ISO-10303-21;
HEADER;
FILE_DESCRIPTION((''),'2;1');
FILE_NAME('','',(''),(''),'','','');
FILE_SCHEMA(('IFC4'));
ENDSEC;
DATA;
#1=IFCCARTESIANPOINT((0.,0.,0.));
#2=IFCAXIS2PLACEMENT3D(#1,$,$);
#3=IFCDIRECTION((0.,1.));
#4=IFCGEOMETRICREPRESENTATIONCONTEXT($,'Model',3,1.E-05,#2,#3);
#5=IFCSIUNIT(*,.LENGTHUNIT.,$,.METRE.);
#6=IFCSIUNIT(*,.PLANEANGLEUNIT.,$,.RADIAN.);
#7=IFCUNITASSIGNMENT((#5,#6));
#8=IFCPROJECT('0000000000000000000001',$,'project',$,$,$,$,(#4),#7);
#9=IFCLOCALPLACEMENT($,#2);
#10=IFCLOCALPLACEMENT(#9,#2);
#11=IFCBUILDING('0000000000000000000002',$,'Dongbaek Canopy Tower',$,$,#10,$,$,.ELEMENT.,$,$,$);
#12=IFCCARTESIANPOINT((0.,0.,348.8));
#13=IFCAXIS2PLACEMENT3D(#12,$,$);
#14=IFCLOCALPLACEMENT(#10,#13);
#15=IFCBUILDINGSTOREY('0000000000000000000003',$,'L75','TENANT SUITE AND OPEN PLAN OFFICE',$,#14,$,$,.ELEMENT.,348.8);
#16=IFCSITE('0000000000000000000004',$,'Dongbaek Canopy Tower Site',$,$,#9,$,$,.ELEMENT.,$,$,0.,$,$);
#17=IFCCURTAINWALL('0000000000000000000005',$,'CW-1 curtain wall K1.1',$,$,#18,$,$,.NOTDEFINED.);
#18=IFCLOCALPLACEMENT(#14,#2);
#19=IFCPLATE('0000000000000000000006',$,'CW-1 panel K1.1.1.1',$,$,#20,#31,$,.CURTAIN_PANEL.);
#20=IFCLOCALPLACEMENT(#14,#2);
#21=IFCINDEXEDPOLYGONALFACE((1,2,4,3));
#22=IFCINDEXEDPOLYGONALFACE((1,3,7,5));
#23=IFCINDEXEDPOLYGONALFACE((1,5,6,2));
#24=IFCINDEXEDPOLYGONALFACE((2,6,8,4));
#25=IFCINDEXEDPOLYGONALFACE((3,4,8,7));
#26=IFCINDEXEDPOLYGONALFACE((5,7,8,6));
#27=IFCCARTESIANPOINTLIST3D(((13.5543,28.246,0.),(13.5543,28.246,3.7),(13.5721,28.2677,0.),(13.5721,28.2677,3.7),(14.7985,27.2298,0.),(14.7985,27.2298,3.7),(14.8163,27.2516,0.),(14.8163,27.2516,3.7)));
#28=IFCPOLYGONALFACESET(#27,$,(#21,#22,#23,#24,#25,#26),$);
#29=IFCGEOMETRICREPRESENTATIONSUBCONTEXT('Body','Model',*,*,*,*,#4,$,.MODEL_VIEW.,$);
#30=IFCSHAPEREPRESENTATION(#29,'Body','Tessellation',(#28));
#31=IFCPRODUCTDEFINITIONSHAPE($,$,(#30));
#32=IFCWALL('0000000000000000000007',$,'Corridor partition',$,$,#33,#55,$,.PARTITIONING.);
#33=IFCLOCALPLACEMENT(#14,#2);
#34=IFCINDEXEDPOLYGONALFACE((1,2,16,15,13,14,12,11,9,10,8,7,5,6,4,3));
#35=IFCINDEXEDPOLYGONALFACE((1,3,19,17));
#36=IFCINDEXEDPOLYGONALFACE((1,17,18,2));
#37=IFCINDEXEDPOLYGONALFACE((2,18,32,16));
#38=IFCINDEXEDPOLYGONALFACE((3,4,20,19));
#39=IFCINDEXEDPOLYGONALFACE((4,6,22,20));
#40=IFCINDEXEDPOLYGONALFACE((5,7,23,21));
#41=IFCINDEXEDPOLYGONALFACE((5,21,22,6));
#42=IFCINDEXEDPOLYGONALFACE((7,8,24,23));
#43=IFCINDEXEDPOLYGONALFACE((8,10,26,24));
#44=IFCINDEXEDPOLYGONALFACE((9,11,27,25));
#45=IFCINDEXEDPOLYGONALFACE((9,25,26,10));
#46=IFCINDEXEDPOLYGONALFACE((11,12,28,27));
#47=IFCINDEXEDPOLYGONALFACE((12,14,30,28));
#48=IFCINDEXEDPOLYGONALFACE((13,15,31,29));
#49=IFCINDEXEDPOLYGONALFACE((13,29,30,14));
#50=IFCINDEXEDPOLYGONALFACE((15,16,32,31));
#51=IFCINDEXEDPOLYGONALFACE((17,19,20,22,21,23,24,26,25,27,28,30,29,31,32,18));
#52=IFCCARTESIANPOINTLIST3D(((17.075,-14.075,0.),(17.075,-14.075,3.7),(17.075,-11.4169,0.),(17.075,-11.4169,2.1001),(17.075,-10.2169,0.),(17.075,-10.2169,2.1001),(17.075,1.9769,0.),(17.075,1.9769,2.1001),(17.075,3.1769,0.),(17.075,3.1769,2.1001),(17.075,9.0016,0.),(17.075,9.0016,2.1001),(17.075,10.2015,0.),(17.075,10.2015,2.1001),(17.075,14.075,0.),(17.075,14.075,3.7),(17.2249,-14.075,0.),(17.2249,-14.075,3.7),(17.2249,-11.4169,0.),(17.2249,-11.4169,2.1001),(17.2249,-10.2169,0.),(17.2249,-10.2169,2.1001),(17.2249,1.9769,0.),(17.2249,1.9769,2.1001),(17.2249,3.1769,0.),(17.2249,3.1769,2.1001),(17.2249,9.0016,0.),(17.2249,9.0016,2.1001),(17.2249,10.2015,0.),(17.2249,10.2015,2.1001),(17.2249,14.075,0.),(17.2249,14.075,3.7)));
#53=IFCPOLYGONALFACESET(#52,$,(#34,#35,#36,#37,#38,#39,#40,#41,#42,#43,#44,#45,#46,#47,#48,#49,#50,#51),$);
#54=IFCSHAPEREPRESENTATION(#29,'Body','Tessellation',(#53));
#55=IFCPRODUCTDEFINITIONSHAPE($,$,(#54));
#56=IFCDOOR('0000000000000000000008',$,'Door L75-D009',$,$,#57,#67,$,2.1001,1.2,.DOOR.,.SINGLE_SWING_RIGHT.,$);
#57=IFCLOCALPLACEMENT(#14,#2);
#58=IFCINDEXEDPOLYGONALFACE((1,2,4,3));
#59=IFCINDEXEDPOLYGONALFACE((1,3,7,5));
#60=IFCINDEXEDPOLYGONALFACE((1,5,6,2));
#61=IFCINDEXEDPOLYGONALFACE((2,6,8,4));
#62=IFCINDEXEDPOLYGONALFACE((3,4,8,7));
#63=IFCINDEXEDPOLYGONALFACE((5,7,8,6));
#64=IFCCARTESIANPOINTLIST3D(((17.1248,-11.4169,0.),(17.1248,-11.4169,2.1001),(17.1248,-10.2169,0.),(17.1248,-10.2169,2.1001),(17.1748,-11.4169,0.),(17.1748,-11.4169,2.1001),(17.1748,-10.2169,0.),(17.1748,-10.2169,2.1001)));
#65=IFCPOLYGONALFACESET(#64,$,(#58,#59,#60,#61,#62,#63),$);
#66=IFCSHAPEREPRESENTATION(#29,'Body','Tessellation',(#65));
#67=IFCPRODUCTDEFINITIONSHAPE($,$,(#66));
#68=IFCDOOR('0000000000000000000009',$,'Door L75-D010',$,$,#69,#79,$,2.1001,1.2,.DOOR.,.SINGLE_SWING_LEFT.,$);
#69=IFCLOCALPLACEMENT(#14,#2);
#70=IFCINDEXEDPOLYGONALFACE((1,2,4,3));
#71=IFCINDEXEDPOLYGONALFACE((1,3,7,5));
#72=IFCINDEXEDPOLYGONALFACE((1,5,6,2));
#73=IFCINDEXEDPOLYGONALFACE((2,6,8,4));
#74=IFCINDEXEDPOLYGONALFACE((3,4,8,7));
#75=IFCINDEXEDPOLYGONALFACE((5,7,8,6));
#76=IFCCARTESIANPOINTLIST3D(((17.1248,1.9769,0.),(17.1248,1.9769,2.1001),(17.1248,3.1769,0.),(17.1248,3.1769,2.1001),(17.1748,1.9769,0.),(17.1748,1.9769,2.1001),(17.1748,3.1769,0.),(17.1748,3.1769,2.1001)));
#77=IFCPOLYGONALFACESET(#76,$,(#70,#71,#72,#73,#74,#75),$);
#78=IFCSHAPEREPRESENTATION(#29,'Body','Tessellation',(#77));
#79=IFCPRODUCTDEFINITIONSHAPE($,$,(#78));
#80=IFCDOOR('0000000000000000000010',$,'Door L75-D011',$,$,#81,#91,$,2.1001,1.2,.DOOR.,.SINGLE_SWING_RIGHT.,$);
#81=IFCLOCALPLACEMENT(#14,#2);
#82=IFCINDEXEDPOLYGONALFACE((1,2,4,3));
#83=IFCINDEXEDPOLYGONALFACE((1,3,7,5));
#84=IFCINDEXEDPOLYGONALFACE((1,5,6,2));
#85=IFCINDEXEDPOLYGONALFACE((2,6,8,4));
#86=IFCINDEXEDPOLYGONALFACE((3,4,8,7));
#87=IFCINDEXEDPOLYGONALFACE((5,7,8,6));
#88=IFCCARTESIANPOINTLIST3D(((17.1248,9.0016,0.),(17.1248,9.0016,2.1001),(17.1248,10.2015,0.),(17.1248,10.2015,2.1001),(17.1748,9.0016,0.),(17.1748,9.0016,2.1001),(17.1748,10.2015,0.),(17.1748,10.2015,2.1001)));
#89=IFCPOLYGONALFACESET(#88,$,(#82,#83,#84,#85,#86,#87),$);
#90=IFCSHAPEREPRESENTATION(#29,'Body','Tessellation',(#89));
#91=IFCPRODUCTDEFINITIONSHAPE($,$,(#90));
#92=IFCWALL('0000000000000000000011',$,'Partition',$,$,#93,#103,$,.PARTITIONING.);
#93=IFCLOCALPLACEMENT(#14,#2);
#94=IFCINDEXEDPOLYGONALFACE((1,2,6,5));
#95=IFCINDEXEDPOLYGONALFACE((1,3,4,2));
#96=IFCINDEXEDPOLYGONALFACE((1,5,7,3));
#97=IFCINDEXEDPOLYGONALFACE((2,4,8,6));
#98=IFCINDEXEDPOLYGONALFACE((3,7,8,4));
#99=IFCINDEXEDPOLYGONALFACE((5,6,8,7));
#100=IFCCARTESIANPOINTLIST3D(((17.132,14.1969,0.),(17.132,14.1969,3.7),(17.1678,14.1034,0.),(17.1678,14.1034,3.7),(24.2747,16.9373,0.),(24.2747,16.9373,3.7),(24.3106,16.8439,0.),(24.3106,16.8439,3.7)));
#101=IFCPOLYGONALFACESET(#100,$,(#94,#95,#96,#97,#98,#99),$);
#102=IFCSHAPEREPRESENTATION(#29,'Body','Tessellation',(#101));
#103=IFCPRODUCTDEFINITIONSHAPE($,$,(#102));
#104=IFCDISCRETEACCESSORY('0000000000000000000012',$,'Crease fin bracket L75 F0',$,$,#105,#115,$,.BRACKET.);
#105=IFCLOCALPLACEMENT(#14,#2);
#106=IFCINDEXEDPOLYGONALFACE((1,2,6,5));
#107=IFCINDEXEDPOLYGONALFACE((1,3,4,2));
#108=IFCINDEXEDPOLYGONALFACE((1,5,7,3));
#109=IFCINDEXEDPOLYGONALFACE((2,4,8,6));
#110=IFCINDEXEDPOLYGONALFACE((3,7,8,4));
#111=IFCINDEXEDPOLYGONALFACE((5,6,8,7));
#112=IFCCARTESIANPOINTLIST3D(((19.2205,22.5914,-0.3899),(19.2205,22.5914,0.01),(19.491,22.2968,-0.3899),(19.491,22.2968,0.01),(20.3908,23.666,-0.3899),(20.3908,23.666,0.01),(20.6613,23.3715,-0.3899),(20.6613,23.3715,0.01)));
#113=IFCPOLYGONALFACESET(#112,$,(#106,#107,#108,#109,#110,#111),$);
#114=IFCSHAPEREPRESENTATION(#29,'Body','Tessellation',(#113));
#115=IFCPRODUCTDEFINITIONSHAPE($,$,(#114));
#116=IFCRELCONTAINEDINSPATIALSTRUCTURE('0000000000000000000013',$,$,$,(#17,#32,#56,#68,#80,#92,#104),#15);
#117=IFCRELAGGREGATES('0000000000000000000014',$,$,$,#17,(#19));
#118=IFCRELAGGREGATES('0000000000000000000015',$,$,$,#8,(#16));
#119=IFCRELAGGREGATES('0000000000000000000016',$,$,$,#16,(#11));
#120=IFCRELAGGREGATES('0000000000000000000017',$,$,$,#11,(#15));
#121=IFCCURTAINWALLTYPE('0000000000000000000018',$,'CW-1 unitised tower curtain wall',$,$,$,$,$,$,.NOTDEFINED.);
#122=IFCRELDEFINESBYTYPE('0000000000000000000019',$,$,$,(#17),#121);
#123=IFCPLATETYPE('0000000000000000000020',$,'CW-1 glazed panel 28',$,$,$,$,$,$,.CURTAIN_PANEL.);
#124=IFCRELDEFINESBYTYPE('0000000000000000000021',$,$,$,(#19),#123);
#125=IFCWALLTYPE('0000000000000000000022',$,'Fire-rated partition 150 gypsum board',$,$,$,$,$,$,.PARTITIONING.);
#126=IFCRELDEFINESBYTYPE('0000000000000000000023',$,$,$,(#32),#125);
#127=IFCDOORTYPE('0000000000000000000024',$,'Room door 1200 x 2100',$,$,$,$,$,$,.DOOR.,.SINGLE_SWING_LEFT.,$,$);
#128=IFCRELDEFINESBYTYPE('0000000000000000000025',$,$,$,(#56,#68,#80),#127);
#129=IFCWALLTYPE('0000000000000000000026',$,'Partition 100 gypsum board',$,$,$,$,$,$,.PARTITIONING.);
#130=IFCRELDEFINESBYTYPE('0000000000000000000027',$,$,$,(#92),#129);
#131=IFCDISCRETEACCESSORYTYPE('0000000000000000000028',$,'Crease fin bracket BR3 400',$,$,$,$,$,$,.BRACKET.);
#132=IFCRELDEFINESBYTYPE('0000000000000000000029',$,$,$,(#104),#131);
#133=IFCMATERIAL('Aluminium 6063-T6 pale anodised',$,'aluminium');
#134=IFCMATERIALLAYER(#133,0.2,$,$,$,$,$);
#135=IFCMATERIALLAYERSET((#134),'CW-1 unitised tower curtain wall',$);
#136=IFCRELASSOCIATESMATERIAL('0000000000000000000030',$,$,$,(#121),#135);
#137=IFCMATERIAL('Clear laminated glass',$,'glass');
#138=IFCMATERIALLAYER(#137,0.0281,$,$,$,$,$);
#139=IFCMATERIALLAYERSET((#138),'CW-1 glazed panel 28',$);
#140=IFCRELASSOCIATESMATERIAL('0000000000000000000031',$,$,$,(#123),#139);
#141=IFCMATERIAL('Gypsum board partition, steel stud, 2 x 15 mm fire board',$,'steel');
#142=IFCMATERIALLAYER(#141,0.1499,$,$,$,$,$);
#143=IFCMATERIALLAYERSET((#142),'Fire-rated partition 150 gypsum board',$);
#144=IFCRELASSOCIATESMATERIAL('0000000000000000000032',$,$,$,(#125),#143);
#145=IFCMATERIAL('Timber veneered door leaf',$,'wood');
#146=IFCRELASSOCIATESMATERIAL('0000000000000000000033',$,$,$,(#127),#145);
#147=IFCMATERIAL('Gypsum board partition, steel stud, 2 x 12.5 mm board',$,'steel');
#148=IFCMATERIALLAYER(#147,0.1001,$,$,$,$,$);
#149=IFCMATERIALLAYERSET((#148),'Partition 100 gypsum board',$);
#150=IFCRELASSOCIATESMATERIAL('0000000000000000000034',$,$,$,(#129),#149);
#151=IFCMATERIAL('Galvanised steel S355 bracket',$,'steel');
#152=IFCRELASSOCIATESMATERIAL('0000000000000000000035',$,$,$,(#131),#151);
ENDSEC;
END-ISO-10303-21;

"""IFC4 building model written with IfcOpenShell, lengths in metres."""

from ifc_helpers import new_model, si_unit, direction, frame, frame_2d, origin, origin_2d, place, context, subcontext, project, spatial, rectangle, extrude, material, layer, layer_set, type_object, element, fill, aggregate, save


model = new_model("IFC4")

# Units and contexts
model_context = context("Model", 3, precision=1e-05, world=origin(), true_north=direction((0.0, 1.0)))
body_context = subcontext(model_context, "Body", "Model", "MODEL_VIEW")
ifc_project = project(units=[si_unit("LENGTHUNIT", "METRE"), si_unit("PLANEANGLEUNIT", "RADIAN")], contexts=[model_context])

# Site, building, storey
site_placement = place(None, origin())
site = spatial("IfcSite", under=ifc_project, at=site_placement, Name="Dongbaek Canopy Tower Site", CompositionType="ELEMENT", RefElevation=0.0)
building_placement = place(site_placement, origin())
building = spatial("IfcBuilding", under=site, at=building_placement, Name="Dongbaek Canopy Tower", CompositionType="ELEMENT")
storey_placement = place(building_placement, frame((0.0, 0.0, 348.8)))
storey = spatial("IfcBuildingStorey", under=building, at=storey_placement, Name="L75", Description="TENANT SUITE AND OPEN PLAN OFFICE", CompositionType="ELEMENT", Elevation=348.8)

# Shared definitions
ifc_material_1 = material(Name="Aluminium 6063-T6 pale anodised", Category="aluminium")
ifc_layer_1 = layer(ifc_material_1, 0.2)
ifc_layer_set_1 = layer_set([ifc_layer_1], Name="CW-1 unitised tower curtain wall")
curtain_wall_type = type_object("IfcCurtainWallType", Name="CW-1 unitised tower curtain wall", PredefinedType="NOTDEFINED", material=ifc_layer_set_1)

# Curtain wall
curtain_wall_1_placement = place(storey_placement, origin())
curtain_wall_1 = element("IfcCurtainWall", 1, at=curtain_wall_1_placement, inside=storey, type_object=curtain_wall_type, Name="CW-1 curtain wall K1.1", PredefinedType="NOTDEFINED")

# Plate
ifc_material_2 = material(Name="Clear laminated glass", Category="glass")
ifc_layer_2 = layer(ifc_material_2, 0.0281)
ifc_layer_set_2 = layer_set([ifc_layer_2], Name="CW-1 glazed panel 28")
plate_type = type_object("IfcPlateType", Name="CW-1 glazed panel 28", PredefinedType="CURTAIN_PANEL", material=ifc_layer_set_2)
plate_1_placement = place(storey_placement, frame((14.1853, 27.7488, 0.0), z_axis=(0.0, 0.0, 1.0), x_axis=(-0.774536, 0.63253, 0.0)))
plate_1 = element("IfcPlate", 2, at=plate_1_placement, type_object=plate_type, Name="CW-1 panel K1.1.1.1", PredefinedType="CURTAIN_PANEL", context=body_context, shape_type="SweptSolid", body=[
    extrude(rectangle(XDim=1.6064, YDim=0.0281, at=origin_2d()), origin(), (0.0, 0.0, 1.0), 3.7),
])
aggregate(curtain_wall_1, [plate_1])

# Wall, openings, doors
ifc_material_3 = material(Name="Gypsum board partition, steel stud, 2 x 15 mm fire board", Category="steel")
ifc_layer_3 = layer(ifc_material_3, 0.1499)
ifc_layer_set_3 = layer_set([ifc_layer_3], Name="Fire-rated partition 150 gypsum board")
wall_type_1 = type_object("IfcWallType", Name="Fire-rated partition 150 gypsum board", PredefinedType="PARTITIONING", material=ifc_layer_set_3)
wall_1_placement = place(storey_placement, frame((17.1499, 14.075, 0.0), z_axis=(0.0, 0.0, 1.0), x_axis=(0.0, -1.0, 0.0)))
wall_1 = element("IfcWall", 3, at=wall_1_placement, inside=storey, type_object=wall_type_1, Name="Corridor partition", PredefinedType="PARTITIONING", context=body_context, shape_type="SweptSolid", body=[
    extrude(rectangle(XDim=28.1499, YDim=0.1499, at=frame_2d((14.075, 0.0))), origin(), (0.0, 0.0, 1.0), 3.7),
])
opening_1_placement = place(wall_1_placement, frame((24.2917, 0.0, 0.0)))
opening_1 = element("IfcOpeningElement", 4, at=opening_1_placement, cuts=wall_1, PredefinedType="OPENING", context=body_context, shape_type="SweptSolid", body=[
    extrude(rectangle(XDim=1.2, YDim=2.1001, at=frame_2d((0.6001, 1.05))), frame((0.0, 0.085, 0.0), z_axis=(0.0, -1.0, 0.0), x_axis=(1.0, 0.0, 0.0)), (0.0, 0.0, 1.0), 0.1699),
])
opening_2_placement = place(wall_1_placement, frame((10.8979, 0.0, 0.0)))
opening_2 = element("IfcOpeningElement", 5, at=opening_2_placement, cuts=wall_1, PredefinedType="OPENING", context=body_context, shape_type="SweptSolid", body=[
    extrude(rectangle(XDim=1.2, YDim=2.1001, at=frame_2d((0.6001, 1.05))), frame((0.0, 0.085, 0.0), z_axis=(0.0, -1.0, 0.0), x_axis=(1.0, 0.0, 0.0)), (0.0, 0.0, 1.0), 0.1699),
])
opening_3_placement = place(wall_1_placement, frame((3.8733, 0.0, 0.0)))
opening_3 = element("IfcOpeningElement", 6, at=opening_3_placement, cuts=wall_1, PredefinedType="OPENING", context=body_context, shape_type="SweptSolid", body=[
    extrude(rectangle(XDim=1.2, YDim=2.1001, at=frame_2d((0.6001, 1.05))), frame((0.0, 0.085, 0.0), z_axis=(0.0, -1.0, 0.0), x_axis=(1.0, 0.0, 0.0)), (0.0, 0.0, 1.0), 0.1699),
])
ifc_material_4 = material(Name="Timber veneered door leaf", Category="wood")
door_type_1 = type_object("IfcDoorType", Name="Room door 1200 x 2100", OperationType="SINGLE_SWING_LEFT", PredefinedType="DOOR", material=ifc_material_4)
door_1_placement = place(opening_1_placement, origin())
door_1 = element("IfcDoor", 7, at=door_1_placement, inside=storey, type_object=door_type_1, Name="Door L75-D009", OperationType="SINGLE_SWING_RIGHT", OverallHeight=2.1001, OverallWidth=1.2, PredefinedType="DOOR", context=body_context, shape_type="SweptSolid", body=[
    extrude(rectangle(XDim=1.2, YDim=2.1001, at=frame_2d((0.6001, 1.05))), frame((0.0, 0.0249, 0.0), z_axis=(0.0, -1.0, 0.0), x_axis=(1.0, 0.0, 0.0)), (0.0, 0.0, 1.0), 0.05),
])
fill(opening_1, door_1)
door_2_placement = place(opening_2_placement, origin())
door_2 = element("IfcDoor", 8, at=door_2_placement, inside=storey, type_object=door_type_1, Name="Door L75-D010", OperationType="SINGLE_SWING_LEFT", OverallHeight=2.1001, OverallWidth=1.2, PredefinedType="DOOR", context=body_context, shape_type="SweptSolid", body=[
    extrude(rectangle(XDim=1.2, YDim=2.1001, at=frame_2d((0.6001, 1.05))), frame((0.0, 0.0249, 0.0), z_axis=(0.0, -1.0, 0.0), x_axis=(1.0, 0.0, 0.0)), (0.0, 0.0, 1.0), 0.05),
])
fill(opening_2, door_2)
door_3_placement = place(opening_3_placement, origin())
door_3 = element("IfcDoor", 9, at=door_3_placement, inside=storey, type_object=door_type_1, Name="Door L75-D011", OperationType="SINGLE_SWING_RIGHT", OverallHeight=2.1001, OverallWidth=1.2, PredefinedType="DOOR", context=body_context, shape_type="SweptSolid", body=[
    extrude(rectangle(XDim=1.2, YDim=2.1001, at=frame_2d((0.6001, 1.05))), frame((0.0, 0.0249, 0.0), z_axis=(0.0, -1.0, 0.0), x_axis=(1.0, 0.0, 0.0)), (0.0, 0.0, 1.0), 0.05),
])
fill(opening_3, door_3)

# Wall
ifc_material_5 = material(Name="Gypsum board partition, steel stud, 2 x 12.5 mm board", Category="steel")
ifc_layer_4 = layer(ifc_material_5, 0.1001)
ifc_layer_set_4 = layer_set([ifc_layer_4], Name="Partition 100 gypsum board")
wall_type_2 = type_object("IfcWallType", Name="Partition 100 gypsum board", PredefinedType="PARTITIONING", material=ifc_layer_set_4)
wall_2_placement = place(storey_placement, frame((17.1499, 14.1501, 0.0), z_axis=(0.0, 0.0, 1.0), x_axis=(0.933641, 0.358209, 0.0)))
element("IfcWall", 10, at=wall_2_placement, inside=storey, type_object=wall_type_2, Name="Partition", PredefinedType="PARTITIONING", context=body_context, shape_type="SweptSolid", body=[
    extrude(rectangle(XDim=7.6504, YDim=0.1001, at=frame_2d((3.8252, 0.0))), origin(), (0.0, 0.0, 1.0), 3.7),
])

# Discrete accessory
ifc_material_6 = material(Name="Galvanised steel S355 bracket", Category="steel")
discrete_accessory_type = type_object("IfcDiscreteAccessoryType", Name="Crease fin bracket BR3 400", PredefinedType="BRACKET", material=ifc_material_6)
discrete_accessory_placement = place(storey_placement, frame((19.9409, 22.9814, -0.3899), z_axis=(0.0, 0.0, 1.0), x_axis=(0.736567, 0.676364, 0.0)))
element("IfcDiscreteAccessory", 11, at=discrete_accessory_placement, inside=storey, type_object=discrete_accessory_type, Name="Crease fin bracket L75 F0", PredefinedType="BRACKET", context=body_context, shape_type="SweptSolid", body=[
    extrude(rectangle(XDim=1.5889, YDim=0.3999, at=origin_2d()), origin(), (0.0, 0.0, 1.0), 0.3999),
])

save(model, "model.ifc")
